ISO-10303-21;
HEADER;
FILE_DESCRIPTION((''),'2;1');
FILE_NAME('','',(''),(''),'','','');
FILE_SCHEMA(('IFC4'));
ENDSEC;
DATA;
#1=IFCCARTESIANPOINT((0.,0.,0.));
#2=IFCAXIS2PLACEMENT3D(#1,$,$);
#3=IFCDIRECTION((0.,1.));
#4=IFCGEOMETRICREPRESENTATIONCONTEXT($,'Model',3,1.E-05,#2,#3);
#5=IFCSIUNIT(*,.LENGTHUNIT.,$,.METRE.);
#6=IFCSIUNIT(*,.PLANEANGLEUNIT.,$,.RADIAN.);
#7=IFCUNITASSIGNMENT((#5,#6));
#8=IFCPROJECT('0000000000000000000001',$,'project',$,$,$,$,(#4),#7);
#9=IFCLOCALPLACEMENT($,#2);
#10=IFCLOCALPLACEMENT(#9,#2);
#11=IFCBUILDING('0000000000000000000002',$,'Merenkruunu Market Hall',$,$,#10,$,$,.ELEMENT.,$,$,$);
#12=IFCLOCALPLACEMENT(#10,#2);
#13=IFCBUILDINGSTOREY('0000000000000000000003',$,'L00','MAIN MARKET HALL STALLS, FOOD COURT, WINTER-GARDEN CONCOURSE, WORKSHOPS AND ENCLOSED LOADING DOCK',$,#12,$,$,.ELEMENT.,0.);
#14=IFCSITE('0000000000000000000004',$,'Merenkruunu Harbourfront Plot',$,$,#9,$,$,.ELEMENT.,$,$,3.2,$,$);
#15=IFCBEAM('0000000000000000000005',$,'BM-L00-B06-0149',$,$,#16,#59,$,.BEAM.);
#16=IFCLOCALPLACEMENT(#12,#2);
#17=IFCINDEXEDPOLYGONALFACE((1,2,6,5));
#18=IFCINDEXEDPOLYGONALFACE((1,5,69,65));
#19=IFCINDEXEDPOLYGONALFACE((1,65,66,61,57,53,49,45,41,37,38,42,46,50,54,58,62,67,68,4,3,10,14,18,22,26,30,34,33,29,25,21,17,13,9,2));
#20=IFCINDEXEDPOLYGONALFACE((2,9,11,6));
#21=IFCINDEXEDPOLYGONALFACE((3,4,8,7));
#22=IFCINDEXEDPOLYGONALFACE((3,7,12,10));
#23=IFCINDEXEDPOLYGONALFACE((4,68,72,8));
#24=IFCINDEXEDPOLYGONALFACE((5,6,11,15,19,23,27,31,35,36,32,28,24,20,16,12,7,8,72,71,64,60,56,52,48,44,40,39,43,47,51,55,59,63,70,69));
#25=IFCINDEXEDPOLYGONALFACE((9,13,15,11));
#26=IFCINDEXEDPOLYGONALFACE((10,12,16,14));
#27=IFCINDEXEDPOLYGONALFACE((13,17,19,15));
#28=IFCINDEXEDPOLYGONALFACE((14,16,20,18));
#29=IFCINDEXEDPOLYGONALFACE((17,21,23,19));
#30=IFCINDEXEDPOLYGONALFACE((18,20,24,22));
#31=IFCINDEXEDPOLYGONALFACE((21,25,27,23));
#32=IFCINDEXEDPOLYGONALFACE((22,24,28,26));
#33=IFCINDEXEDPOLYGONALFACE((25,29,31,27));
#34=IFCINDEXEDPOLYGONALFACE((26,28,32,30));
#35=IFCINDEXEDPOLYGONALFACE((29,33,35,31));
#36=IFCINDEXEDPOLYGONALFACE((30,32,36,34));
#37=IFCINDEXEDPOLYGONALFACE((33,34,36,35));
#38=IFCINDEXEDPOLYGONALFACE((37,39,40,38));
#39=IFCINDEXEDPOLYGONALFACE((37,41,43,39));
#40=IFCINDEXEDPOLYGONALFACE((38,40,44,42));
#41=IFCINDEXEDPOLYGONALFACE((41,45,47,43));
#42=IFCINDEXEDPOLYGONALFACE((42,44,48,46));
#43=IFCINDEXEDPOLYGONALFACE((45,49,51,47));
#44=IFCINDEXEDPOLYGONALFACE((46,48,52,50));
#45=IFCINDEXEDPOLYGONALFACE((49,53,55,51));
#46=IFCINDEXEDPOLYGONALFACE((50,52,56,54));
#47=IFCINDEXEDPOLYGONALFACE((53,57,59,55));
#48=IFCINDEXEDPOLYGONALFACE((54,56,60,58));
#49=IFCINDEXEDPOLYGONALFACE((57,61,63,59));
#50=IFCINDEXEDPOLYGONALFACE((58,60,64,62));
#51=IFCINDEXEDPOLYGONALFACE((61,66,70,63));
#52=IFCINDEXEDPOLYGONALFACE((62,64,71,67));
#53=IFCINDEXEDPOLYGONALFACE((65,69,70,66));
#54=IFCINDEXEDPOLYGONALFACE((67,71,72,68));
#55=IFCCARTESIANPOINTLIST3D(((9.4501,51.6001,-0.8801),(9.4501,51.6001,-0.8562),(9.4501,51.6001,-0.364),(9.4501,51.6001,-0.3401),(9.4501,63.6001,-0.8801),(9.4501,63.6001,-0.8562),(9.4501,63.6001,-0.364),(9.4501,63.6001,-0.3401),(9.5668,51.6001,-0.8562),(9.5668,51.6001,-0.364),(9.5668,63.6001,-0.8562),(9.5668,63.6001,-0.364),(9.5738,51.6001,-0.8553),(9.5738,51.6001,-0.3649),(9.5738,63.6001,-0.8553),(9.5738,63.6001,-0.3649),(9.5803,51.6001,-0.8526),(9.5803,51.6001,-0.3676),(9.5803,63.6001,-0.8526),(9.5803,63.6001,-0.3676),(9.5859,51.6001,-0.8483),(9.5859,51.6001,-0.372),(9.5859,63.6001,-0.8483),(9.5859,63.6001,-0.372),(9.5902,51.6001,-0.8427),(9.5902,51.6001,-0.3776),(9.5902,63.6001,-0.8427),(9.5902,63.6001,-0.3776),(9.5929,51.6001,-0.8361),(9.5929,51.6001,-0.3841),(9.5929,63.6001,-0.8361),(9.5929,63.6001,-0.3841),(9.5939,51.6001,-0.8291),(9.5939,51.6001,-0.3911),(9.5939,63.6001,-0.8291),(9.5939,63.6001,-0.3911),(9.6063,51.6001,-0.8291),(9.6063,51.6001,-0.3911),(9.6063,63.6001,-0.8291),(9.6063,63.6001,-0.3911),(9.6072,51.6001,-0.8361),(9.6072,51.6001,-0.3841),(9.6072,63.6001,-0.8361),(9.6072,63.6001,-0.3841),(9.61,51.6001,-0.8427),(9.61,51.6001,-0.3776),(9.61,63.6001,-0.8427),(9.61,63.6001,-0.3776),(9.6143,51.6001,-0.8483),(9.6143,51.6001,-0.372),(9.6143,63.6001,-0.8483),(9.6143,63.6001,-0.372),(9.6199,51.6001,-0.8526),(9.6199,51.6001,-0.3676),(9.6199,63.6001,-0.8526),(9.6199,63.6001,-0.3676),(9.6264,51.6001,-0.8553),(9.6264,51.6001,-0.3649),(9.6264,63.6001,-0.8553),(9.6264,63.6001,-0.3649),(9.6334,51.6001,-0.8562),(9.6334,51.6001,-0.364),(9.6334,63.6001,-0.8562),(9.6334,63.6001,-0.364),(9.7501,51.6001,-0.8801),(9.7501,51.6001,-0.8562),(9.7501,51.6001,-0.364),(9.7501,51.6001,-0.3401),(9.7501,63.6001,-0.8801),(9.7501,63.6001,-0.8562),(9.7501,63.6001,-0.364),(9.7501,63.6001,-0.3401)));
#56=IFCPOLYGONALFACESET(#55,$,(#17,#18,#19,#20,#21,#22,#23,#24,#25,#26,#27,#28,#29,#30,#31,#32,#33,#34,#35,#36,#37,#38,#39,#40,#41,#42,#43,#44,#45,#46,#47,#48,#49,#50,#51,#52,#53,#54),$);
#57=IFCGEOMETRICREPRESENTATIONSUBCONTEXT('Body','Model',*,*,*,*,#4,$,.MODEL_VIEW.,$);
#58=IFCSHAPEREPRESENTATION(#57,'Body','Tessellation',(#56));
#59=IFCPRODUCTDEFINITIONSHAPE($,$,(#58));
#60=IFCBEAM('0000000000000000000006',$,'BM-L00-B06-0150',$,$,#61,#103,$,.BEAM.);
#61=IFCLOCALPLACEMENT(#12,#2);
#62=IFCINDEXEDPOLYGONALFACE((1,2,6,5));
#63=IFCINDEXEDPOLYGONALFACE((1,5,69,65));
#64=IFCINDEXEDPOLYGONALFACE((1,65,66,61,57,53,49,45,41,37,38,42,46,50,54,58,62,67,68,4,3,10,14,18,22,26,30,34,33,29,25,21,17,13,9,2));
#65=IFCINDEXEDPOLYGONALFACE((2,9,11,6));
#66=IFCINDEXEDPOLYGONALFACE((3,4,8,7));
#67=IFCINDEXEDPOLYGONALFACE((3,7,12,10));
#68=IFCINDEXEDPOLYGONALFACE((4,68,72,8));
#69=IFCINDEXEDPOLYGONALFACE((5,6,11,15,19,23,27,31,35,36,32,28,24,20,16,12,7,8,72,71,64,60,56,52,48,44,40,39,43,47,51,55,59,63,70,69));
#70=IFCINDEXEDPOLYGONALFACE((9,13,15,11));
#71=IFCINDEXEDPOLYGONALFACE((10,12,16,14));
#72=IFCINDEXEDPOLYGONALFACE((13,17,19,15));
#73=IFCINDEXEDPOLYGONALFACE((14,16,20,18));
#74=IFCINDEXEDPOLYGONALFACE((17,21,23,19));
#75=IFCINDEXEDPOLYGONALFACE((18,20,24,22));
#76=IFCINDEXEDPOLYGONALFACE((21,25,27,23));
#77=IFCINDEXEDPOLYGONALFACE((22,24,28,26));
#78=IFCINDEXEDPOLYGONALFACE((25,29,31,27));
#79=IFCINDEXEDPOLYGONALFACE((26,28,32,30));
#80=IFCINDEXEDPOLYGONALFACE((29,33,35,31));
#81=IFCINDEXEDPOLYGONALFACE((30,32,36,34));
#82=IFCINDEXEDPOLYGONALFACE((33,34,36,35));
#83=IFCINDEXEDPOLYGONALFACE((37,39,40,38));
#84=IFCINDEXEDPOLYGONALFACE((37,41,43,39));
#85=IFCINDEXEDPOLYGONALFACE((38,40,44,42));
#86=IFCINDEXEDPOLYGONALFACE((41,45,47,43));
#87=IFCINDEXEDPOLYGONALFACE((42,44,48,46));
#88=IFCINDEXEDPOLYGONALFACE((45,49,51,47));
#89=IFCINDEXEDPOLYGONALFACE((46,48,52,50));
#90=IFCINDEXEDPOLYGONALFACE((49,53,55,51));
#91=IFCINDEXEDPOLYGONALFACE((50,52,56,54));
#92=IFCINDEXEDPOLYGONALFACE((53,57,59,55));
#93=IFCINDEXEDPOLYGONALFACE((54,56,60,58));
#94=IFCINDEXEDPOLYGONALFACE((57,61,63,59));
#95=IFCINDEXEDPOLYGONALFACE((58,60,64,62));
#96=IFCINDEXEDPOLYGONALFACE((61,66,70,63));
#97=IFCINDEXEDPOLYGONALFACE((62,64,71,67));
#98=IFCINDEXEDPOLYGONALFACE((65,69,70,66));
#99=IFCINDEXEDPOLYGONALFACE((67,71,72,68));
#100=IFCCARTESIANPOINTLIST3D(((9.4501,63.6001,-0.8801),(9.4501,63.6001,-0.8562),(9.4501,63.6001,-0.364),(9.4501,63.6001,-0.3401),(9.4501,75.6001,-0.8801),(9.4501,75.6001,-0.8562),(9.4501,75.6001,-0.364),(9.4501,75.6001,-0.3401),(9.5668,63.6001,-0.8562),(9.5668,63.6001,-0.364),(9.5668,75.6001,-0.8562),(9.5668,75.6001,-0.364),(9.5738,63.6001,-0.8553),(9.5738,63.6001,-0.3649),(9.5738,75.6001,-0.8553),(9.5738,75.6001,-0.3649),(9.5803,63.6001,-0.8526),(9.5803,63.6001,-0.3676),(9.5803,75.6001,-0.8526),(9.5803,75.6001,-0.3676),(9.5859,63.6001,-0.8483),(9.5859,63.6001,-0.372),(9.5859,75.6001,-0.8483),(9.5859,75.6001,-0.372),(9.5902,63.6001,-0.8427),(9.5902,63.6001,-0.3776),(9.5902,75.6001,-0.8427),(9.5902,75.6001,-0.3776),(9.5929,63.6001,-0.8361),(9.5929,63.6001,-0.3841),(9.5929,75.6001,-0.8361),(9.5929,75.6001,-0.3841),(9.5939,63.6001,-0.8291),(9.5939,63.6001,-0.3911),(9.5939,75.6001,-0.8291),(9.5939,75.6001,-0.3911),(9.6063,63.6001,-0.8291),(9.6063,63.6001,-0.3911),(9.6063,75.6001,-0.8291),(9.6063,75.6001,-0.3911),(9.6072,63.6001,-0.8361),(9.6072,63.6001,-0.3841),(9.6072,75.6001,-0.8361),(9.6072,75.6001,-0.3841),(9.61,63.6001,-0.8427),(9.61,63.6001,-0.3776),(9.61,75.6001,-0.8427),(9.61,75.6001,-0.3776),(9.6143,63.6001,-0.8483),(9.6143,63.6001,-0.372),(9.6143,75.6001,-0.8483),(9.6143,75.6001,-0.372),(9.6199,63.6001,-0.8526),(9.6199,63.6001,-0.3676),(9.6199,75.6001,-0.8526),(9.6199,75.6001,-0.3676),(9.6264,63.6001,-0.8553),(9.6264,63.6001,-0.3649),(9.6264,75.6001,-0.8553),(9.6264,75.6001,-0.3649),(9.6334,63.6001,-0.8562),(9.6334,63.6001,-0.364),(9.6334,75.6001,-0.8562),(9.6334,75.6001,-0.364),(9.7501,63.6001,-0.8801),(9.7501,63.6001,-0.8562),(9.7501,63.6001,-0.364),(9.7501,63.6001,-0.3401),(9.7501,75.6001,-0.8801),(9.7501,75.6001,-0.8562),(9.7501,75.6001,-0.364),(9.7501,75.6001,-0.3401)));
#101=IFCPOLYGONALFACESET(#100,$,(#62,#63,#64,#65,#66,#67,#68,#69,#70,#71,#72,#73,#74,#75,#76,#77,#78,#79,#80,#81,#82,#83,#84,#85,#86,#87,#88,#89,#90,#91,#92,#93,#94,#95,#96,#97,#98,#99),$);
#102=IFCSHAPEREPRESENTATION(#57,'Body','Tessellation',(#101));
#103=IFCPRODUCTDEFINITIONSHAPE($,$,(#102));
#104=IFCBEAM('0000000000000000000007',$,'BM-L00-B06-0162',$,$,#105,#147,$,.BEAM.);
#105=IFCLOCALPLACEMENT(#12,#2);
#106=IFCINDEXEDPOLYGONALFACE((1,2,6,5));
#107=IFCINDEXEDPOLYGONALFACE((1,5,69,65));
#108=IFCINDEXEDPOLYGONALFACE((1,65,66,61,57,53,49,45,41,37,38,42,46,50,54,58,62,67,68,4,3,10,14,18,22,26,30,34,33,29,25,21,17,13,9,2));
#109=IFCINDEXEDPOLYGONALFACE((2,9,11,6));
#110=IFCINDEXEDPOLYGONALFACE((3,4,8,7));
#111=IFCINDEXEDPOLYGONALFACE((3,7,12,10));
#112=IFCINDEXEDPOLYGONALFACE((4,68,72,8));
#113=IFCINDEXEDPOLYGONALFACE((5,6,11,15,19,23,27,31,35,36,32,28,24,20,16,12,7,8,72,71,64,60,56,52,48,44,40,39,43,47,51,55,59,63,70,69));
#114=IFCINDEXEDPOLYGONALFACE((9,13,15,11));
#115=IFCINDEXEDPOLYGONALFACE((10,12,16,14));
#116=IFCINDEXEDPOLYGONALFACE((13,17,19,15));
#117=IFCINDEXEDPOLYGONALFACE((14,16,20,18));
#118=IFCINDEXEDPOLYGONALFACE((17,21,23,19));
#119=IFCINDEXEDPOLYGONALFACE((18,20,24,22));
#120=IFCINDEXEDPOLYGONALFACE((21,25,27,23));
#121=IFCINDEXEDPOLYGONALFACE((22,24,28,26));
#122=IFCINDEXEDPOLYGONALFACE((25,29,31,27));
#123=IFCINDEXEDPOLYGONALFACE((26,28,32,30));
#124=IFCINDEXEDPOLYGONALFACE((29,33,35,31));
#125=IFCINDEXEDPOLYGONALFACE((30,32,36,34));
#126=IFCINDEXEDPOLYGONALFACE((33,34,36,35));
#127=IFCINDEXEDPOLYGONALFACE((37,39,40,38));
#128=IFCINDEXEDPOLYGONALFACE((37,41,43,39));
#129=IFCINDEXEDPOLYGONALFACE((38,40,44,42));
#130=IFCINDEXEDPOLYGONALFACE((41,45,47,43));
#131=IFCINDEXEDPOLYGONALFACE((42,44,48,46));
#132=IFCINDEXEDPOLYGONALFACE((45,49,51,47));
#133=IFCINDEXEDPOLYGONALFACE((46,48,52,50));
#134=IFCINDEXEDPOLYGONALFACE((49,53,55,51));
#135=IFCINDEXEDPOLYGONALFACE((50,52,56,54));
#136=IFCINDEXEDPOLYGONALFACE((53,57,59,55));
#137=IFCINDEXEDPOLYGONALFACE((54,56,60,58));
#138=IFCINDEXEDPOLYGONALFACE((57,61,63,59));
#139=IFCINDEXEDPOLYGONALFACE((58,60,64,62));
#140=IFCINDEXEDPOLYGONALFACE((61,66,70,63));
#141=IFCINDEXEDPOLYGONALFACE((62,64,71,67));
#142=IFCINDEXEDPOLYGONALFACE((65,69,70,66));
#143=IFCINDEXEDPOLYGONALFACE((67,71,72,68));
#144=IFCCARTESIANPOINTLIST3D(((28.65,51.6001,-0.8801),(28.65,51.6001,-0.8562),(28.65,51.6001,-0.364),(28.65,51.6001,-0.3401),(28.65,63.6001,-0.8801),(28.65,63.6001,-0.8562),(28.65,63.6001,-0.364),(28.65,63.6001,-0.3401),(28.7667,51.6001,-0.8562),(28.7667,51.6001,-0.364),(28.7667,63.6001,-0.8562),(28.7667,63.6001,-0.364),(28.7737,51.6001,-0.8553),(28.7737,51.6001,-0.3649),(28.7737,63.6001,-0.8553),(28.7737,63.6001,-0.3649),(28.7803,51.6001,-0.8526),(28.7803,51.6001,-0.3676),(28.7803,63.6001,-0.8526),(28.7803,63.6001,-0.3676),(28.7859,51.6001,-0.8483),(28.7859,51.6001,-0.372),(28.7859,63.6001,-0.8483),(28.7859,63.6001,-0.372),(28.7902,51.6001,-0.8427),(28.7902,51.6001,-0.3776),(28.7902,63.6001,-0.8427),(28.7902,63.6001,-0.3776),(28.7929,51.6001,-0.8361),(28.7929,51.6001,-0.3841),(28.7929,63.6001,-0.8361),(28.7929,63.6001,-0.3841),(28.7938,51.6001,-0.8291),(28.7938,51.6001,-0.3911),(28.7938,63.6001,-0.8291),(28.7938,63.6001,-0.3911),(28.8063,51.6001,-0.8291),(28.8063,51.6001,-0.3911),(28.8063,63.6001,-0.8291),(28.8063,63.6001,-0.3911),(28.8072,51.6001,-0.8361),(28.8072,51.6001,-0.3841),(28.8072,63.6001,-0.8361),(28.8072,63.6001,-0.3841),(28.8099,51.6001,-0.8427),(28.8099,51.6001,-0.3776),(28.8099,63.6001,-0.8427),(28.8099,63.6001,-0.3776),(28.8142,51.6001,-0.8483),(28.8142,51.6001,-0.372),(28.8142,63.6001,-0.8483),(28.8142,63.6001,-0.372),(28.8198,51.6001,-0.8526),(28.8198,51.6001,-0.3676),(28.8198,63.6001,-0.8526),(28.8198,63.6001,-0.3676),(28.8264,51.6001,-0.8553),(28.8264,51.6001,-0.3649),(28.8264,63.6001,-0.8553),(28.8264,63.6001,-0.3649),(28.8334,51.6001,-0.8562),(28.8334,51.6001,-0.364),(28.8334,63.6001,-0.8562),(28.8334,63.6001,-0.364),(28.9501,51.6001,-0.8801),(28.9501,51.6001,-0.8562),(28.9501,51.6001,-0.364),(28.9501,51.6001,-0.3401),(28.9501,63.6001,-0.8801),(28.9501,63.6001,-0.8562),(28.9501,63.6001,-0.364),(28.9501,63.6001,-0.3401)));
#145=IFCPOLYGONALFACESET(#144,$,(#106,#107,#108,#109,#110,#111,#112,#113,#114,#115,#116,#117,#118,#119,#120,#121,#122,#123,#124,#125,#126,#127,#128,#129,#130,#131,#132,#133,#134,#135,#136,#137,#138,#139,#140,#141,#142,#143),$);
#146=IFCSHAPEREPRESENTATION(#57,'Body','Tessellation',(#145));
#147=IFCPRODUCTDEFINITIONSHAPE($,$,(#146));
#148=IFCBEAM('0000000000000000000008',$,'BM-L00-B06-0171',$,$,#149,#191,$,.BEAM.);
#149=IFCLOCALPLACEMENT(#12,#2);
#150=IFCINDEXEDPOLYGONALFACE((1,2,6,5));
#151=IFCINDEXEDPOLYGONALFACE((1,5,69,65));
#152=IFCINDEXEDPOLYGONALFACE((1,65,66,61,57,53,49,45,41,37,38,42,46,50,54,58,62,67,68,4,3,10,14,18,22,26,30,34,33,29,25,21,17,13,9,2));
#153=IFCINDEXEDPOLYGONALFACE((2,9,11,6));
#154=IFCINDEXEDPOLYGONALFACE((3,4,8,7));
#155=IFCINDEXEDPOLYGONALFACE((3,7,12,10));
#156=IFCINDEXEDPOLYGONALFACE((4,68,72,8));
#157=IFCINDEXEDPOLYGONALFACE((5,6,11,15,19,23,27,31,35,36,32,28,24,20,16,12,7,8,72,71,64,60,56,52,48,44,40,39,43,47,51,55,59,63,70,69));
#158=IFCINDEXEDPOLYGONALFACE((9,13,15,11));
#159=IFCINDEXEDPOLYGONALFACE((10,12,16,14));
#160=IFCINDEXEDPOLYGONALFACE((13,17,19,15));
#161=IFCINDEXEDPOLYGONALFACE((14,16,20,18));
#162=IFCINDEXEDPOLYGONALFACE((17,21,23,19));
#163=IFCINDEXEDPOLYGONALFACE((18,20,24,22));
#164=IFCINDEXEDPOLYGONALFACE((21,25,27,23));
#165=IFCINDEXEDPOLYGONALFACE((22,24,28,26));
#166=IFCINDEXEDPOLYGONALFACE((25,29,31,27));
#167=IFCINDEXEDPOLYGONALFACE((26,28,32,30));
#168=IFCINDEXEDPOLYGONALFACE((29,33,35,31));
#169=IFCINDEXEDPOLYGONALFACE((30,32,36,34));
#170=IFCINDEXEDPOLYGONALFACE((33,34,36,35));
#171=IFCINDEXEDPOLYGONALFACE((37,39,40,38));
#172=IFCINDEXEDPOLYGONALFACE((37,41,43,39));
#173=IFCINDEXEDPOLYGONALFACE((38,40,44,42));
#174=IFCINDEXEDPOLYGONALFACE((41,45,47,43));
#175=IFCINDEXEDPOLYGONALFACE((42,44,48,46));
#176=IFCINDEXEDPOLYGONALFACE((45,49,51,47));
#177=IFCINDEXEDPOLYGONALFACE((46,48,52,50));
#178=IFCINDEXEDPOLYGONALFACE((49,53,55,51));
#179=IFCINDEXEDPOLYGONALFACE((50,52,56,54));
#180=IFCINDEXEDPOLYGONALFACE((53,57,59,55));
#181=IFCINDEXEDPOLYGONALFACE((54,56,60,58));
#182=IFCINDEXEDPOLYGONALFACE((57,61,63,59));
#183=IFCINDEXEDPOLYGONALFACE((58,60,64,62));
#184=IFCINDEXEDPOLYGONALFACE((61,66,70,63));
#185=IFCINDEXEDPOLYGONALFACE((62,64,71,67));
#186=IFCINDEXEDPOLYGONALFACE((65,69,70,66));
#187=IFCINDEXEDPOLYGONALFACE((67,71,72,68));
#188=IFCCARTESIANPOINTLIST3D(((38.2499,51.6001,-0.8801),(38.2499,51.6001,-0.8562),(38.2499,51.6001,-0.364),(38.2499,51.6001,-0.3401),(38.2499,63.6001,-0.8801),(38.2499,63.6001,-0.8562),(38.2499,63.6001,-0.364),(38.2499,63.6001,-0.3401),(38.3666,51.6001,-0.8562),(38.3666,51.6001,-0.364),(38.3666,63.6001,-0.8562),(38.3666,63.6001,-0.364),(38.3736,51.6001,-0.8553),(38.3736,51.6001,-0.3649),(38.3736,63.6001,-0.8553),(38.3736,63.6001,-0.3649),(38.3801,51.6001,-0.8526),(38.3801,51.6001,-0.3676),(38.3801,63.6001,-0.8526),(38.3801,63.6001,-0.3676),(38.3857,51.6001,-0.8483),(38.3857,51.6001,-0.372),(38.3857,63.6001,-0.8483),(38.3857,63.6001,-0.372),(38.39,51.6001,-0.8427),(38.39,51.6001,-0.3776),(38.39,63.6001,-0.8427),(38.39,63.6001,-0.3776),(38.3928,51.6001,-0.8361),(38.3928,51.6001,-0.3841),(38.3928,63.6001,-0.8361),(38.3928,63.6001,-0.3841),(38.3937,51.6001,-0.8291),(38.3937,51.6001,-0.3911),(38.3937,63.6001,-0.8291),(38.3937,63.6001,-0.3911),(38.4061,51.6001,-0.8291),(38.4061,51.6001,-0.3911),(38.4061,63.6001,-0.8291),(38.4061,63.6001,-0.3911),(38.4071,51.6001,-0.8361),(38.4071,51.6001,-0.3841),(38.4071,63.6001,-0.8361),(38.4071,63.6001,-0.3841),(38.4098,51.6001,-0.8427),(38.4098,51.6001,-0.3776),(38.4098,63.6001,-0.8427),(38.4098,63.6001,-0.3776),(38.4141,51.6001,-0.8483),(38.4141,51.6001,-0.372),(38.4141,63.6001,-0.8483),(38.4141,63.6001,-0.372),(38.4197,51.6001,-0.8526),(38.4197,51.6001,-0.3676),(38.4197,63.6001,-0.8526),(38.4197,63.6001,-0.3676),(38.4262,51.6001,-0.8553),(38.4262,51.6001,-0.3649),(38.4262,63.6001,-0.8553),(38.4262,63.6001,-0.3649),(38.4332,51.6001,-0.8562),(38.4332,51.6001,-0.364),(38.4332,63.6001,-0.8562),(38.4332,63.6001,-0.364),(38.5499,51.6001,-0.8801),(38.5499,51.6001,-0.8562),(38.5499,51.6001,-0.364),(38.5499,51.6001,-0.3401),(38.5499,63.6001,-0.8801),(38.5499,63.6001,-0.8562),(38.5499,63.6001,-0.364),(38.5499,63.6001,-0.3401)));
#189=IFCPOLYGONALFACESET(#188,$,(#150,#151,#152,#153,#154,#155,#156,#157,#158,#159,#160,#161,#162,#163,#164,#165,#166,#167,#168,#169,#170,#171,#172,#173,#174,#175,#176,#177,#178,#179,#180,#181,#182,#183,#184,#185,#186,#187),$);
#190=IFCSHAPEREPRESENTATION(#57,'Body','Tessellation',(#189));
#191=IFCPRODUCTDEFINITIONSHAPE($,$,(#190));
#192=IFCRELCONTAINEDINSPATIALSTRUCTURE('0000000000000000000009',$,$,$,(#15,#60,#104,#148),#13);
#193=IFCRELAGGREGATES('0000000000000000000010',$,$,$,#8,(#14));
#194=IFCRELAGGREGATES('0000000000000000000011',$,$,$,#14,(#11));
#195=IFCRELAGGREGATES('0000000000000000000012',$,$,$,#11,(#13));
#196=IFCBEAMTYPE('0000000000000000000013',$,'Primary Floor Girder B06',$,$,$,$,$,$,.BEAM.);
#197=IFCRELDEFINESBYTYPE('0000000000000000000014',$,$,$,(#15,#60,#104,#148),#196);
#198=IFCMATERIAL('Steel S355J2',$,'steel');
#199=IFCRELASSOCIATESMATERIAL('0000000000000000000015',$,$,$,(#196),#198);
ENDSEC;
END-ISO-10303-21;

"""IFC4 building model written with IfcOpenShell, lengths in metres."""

from ifc_helpers import new_model, si_unit, direction, frame, origin, origin_2d, place, context, subcontext, project, spatial, i_section, extrude, material, material_profile, profile_set, type_object, element, save


model = new_model("IFC4")

# Units and contexts
model_context = context("Model", 3, precision=1e-05, world=origin(), true_north=direction((0.0, 1.0)))
body_context = subcontext(model_context, "Body", "Model", "MODEL_VIEW")
ifc_project = project(units=[si_unit("LENGTHUNIT", "METRE"), si_unit("PLANEANGLEUNIT", "RADIAN")], contexts=[model_context])

# Site, building, storey
site_placement = place(None, origin())
site = spatial("IfcSite", under=ifc_project, at=site_placement, Name="Merenkruunu Harbourfront Plot", CompositionType="ELEMENT", RefElevation=3.2)
building_placement = place(site_placement, origin())
building = spatial("IfcBuilding", under=site, at=building_placement, Name="Merenkruunu Market Hall", CompositionType="ELEMENT")
storey_placement = place(building_placement, origin())
storey = spatial("IfcBuildingStorey", under=building, at=storey_placement, Name="L00", Description="MAIN MARKET HALL STALLS, FOOD COURT, WINTER-GARDEN CONCOURSE, WORKSHOPS AND ENCLOSED LOADING DOCK", CompositionType="ELEMENT", Elevation=0.0)

# Shared definitions
ifc_material_1 = material(Name="Steel S355J2", Category="steel")

# Beams
ifc_material_profile_1 = material_profile(ifc_material_1, i_section(OverallWidth=0.3, OverallDepth=0.54, WebThickness=0.0125, FlangeThickness=0.0239, FilletRadius=0.0271, at=origin_2d()), Name="HEA 550")
ifc_profile_set_1 = profile_set([ifc_material_profile_1], Name="Steel S355J2")
beam_type_1 = type_object("IfcBeamType", Name="Primary Floor Girder B06", PredefinedType="BEAM", material=ifc_profile_set_1)
for number, where, z_axis, x_axis, name in (
    (1, (9.6001, 51.6001, -0.6101), (0.0, 1.0, 0.0), (-1.0, 0.0, 0.0), "BM-L00-B06-0149"),
    (2, (9.6001, 63.6001, -0.6101), (0.0, 1.0, 0.0), (-1.0, 0.0, 0.0), "BM-L00-B06-0150"),
    (3, (28.8, 51.6001, -0.6101), (0.0, 1.0, 0.0), (-1.0, 0.0, 0.0), "BM-L00-B06-0162"),
    (4, (38.3999, 51.6001, -0.6101), (0.0, 1.0, 0.0), (-1.0, 0.0, 0.0), "BM-L00-B06-0171"),
):
    element("IfcBeam", number, at=place(storey_placement, frame(where, z_axis=z_axis, x_axis=x_axis)), inside=storey, type_object=beam_type_1, Name=name, PredefinedType="BEAM", context=body_context, shape_type="SweptSolid", body=[
        extrude(i_section(OverallWidth=0.3, OverallDepth=0.54, WebThickness=0.0125, FlangeThickness=0.0239, FilletRadius=0.0271, at=origin_2d()), origin(), (0.0, 0.0, 1.0), 12.0),
    ])

save(model, "model.ifc")
